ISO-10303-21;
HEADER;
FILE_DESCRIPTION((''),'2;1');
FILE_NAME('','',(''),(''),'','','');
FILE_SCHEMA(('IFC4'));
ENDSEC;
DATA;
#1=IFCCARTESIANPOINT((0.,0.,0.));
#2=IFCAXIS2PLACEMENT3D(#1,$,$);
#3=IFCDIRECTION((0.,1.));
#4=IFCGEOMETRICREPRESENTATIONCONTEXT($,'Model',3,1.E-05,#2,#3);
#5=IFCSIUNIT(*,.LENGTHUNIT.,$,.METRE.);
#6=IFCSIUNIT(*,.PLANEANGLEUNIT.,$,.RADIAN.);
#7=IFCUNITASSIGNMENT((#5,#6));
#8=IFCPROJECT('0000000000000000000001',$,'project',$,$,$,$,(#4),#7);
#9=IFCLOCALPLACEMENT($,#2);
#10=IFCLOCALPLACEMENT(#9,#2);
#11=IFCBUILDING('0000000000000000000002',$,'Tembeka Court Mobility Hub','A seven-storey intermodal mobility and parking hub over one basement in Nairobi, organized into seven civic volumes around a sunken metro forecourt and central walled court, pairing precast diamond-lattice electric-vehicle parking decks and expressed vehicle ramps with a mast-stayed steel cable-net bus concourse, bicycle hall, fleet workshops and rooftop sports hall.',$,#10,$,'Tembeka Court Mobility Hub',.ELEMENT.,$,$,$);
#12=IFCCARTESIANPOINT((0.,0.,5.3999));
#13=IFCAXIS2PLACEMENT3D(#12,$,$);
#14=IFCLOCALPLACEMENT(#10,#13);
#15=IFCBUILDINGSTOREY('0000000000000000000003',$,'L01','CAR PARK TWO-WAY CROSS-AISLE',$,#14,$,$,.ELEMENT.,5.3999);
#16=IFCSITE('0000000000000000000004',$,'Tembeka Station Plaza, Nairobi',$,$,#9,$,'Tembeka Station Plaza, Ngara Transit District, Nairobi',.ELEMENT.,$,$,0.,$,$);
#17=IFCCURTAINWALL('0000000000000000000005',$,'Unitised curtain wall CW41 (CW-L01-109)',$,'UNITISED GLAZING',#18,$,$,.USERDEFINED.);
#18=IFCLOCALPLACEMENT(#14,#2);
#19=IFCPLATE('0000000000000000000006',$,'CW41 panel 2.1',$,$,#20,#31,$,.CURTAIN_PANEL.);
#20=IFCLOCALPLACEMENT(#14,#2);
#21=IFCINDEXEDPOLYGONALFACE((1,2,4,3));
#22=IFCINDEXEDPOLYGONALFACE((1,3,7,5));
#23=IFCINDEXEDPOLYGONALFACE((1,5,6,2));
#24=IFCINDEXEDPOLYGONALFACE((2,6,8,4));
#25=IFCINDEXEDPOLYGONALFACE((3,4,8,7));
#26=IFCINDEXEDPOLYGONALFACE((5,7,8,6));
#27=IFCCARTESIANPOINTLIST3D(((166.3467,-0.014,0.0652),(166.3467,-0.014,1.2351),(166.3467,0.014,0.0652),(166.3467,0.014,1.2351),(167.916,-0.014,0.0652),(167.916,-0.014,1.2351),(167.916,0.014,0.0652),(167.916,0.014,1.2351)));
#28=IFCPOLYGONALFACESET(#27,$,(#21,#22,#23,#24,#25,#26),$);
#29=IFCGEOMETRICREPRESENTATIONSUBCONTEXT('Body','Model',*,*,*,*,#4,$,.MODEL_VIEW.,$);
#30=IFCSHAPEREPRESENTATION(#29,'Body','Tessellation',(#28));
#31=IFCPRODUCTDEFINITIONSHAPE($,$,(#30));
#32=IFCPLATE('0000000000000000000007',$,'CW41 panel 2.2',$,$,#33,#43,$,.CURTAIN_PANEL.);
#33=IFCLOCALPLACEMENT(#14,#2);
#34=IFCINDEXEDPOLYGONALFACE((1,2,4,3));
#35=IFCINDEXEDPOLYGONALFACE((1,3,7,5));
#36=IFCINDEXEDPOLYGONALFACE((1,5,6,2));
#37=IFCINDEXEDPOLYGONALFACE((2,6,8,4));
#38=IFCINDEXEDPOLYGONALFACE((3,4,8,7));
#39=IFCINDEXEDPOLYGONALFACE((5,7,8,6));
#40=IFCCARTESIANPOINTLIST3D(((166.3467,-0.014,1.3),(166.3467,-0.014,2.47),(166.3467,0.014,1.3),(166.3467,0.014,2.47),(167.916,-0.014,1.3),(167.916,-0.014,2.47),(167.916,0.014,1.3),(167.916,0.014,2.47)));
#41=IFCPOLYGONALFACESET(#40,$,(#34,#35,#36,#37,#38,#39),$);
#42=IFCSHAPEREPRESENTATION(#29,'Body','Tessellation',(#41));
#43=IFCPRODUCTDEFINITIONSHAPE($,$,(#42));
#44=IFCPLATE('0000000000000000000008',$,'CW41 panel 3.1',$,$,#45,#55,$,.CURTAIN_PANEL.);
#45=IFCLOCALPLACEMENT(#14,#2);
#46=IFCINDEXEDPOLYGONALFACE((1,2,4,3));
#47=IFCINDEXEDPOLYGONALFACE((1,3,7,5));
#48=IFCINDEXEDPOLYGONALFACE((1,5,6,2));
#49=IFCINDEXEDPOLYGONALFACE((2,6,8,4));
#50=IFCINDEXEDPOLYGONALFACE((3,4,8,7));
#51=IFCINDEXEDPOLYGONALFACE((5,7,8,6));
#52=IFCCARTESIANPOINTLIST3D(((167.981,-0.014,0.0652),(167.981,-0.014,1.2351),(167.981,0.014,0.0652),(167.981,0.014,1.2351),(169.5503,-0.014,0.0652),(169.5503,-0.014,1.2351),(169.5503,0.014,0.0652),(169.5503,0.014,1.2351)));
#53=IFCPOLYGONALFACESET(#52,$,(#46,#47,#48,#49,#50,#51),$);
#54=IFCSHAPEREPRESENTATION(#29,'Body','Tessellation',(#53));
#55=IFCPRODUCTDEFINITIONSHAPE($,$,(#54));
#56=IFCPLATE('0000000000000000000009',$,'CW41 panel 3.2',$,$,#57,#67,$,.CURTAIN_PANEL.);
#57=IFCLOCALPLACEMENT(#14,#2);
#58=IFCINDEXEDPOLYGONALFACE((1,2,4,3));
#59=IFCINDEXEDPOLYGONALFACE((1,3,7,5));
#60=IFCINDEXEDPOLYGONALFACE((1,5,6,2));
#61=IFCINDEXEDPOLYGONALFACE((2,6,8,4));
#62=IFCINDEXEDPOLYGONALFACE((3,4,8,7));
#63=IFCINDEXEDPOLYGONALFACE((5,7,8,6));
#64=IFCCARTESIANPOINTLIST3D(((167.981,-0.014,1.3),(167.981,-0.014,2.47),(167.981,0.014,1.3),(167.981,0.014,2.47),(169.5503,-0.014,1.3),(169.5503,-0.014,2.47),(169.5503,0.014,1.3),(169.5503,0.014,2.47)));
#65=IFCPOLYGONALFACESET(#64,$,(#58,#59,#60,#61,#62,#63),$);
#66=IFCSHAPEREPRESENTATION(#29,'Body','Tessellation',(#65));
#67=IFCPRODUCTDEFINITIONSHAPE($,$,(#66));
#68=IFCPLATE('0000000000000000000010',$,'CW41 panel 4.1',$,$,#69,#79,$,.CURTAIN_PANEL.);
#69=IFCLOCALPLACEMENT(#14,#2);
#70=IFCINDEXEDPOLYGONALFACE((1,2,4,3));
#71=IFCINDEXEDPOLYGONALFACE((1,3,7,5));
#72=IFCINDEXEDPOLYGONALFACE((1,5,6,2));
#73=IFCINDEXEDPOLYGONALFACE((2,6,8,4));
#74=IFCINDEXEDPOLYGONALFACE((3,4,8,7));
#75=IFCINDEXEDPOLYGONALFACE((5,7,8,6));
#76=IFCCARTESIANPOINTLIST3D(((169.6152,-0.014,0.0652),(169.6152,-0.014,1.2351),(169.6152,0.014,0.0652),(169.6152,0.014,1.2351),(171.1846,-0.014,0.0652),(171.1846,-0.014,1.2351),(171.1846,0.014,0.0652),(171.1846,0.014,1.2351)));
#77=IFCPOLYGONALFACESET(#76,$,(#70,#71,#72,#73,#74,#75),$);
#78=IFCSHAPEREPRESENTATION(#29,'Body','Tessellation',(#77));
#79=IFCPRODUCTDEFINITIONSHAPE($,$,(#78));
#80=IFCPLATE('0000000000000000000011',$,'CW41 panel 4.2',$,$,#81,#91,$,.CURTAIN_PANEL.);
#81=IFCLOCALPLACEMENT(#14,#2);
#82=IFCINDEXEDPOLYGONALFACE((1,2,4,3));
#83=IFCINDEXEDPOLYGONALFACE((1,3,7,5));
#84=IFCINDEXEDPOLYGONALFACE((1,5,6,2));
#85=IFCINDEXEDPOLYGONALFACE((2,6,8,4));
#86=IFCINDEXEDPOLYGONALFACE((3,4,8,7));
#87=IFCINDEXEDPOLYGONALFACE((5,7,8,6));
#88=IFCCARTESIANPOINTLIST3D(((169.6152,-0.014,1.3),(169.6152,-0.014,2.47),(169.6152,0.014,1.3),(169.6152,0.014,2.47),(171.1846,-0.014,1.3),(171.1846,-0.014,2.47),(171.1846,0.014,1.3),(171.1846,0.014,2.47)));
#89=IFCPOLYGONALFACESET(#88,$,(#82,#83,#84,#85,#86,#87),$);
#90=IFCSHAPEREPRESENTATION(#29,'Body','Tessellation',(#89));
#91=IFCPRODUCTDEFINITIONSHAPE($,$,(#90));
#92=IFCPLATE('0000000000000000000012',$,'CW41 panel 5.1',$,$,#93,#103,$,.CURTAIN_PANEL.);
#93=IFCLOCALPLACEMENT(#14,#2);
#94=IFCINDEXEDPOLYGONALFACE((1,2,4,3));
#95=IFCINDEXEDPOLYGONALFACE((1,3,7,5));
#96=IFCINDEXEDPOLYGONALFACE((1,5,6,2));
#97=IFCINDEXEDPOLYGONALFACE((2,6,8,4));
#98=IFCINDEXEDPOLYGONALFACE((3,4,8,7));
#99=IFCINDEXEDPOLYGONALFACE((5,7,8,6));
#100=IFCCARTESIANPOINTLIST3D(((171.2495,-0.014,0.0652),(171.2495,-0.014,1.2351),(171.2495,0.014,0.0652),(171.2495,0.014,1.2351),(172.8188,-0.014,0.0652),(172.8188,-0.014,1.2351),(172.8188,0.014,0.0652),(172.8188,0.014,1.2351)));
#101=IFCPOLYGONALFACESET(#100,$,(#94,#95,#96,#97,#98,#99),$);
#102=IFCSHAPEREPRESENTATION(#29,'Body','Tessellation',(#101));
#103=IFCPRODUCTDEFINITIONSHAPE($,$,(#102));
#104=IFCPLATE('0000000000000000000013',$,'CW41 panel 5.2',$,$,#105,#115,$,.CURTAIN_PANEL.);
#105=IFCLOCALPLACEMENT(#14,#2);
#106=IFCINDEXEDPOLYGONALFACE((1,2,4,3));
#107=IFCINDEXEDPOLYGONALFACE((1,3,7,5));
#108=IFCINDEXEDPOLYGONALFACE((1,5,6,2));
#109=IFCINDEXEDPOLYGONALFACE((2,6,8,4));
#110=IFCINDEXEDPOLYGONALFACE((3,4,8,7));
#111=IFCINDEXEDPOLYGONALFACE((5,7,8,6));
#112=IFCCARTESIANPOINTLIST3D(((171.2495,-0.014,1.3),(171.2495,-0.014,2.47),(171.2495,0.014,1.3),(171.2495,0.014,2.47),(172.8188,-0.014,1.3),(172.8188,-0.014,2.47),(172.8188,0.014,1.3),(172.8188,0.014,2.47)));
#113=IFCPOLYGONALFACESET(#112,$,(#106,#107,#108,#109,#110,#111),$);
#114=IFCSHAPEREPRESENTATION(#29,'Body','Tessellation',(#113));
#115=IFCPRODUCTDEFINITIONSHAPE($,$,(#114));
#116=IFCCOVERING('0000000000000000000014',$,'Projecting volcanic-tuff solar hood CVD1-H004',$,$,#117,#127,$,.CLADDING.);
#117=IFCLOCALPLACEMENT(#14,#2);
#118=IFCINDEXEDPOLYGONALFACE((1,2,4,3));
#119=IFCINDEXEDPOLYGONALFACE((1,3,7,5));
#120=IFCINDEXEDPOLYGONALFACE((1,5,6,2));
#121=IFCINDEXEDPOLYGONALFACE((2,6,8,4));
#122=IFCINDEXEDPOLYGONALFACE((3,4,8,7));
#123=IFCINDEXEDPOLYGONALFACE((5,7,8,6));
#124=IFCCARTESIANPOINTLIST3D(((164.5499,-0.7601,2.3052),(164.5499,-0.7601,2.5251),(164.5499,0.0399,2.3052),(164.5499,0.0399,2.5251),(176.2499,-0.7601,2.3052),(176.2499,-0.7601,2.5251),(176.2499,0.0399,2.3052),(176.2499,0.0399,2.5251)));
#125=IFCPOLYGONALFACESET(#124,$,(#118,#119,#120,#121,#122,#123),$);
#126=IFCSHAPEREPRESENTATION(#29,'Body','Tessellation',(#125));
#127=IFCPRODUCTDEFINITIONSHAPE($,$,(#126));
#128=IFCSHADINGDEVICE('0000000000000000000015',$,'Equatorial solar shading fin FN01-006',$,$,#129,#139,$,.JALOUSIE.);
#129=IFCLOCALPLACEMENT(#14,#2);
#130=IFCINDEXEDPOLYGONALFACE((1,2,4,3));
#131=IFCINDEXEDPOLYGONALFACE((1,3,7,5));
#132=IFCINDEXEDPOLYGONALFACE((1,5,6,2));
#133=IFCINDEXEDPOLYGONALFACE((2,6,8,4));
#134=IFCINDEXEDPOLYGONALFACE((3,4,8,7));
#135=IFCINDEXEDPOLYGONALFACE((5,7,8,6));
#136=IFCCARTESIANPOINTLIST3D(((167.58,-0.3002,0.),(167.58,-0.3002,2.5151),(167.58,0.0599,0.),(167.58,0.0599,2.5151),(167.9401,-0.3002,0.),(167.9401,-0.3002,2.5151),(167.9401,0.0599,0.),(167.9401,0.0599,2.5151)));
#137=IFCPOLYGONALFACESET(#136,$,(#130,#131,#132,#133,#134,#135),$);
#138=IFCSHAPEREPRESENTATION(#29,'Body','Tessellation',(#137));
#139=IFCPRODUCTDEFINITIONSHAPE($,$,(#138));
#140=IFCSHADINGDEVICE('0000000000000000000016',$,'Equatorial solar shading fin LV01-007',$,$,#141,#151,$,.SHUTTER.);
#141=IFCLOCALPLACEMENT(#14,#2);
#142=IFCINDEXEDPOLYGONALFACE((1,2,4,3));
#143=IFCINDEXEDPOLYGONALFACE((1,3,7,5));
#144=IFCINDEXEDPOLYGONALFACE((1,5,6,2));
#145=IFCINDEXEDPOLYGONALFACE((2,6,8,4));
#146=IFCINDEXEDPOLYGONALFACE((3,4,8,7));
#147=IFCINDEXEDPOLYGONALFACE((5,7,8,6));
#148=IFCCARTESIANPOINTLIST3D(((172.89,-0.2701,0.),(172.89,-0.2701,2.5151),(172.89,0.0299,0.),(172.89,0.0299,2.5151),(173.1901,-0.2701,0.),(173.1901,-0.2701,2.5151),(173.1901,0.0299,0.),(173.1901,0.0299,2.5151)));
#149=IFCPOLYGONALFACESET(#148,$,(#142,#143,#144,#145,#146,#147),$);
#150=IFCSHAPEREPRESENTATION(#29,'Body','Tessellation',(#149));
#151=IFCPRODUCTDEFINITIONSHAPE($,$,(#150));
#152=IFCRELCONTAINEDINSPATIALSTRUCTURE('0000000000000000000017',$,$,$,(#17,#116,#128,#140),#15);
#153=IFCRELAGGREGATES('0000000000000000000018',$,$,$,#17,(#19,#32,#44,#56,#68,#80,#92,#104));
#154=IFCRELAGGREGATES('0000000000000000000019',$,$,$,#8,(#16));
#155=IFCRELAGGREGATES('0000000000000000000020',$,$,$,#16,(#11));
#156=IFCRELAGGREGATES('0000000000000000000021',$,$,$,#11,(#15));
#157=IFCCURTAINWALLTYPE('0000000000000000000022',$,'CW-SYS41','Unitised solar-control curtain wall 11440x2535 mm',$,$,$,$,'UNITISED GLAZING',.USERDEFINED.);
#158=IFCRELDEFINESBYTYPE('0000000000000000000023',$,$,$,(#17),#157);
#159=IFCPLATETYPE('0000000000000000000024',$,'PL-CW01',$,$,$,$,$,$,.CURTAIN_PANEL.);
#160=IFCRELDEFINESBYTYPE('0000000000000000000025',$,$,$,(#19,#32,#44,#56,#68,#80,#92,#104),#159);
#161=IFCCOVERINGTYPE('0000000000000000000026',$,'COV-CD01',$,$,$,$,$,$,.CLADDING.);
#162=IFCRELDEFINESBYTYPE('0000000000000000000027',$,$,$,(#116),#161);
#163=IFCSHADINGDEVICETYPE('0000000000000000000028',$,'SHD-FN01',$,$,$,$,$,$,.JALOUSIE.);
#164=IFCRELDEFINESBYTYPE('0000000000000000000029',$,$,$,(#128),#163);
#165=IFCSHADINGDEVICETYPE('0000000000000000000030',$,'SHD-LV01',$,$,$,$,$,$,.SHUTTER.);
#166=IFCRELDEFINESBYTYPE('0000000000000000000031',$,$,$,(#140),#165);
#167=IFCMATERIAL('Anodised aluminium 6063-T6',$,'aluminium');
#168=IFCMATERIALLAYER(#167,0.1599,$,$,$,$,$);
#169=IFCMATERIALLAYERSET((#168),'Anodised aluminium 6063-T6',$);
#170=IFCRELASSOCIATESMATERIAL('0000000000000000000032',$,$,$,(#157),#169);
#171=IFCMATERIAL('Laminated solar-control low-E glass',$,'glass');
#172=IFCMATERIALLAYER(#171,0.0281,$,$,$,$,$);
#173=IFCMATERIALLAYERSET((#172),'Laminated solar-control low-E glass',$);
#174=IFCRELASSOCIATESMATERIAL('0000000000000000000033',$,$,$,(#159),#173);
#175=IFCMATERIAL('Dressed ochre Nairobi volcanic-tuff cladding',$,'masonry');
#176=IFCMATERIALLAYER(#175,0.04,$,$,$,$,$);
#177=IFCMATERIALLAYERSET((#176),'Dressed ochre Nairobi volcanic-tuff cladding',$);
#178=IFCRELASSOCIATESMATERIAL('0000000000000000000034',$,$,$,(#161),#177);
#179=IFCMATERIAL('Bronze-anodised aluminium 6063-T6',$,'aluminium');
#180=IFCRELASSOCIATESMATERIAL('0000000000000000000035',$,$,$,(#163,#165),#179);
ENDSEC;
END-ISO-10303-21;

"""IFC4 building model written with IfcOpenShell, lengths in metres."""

from ifc_helpers import new_model, si_unit, direction, frame, origin, origin_2d, place, context, subcontext, project, spatial, rectangle, extrude, material, layer, layer_set, material_profile, profile_set, type_object, element, aggregate, save


model = new_model("IFC4")

# Units and contexts
model_context = context("Model", 3, precision=1e-05, world=origin(), true_north=direction((0.0, 1.0)))
body_context = subcontext(model_context, "Body", "Model", "MODEL_VIEW")
ifc_project = project(units=[si_unit("LENGTHUNIT", "METRE"), si_unit("PLANEANGLEUNIT", "RADIAN")], contexts=[model_context])

# Site, building, storey
site_placement = place(None, origin())
site = spatial("IfcSite", under=ifc_project, at=site_placement, Name="Tembeka Station Plaza, Nairobi", LongName="Tembeka Station Plaza, Ngara Transit District, Nairobi", CompositionType="ELEMENT", RefElevation=0.0)
building_placement = place(site_placement, origin())
building = spatial("IfcBuilding", under=site, at=building_placement, Name="Tembeka Court Mobility Hub", Description="A seven-storey intermodal mobility and parking hub over one basement in Nairobi, organized into seven civic volumes around a sunken metro forecourt and central walled court, pairing precast diamond-lattice electric-vehicle parking decks and expressed vehicle ramps with a mast-stayed steel cable-net bus concourse, bicycle hall, fleet workshops and rooftop sports hall.", LongName="Tembeka Court Mobility Hub", CompositionType="ELEMENT")
storey_placement = place(building_placement, frame((0.0, 0.0, 5.3999)))
storey = spatial("IfcBuildingStorey", under=building, at=storey_placement, Name="L01", Description="CAR PARK TWO-WAY CROSS-AISLE", CompositionType="ELEMENT", Elevation=5.3999)

# Curtain wall, plates
ifc_material_1 = material(Name="Anodised aluminium 6063-T6", Category="aluminium")
ifc_layer_1 = layer(ifc_material_1, 0.1599)
ifc_layer_set_1 = layer_set([ifc_layer_1], Name="Anodised aluminium 6063-T6")
curtain_wall_type = type_object("IfcCurtainWallType", Name="CW-SYS41", Description="Unitised solar-control curtain wall 11440x2535 mm", ElementType="UNITISED GLAZING", PredefinedType="USERDEFINED", material=ifc_layer_set_1)
curtain_wall_placement = place(storey_placement, origin())
curtain_wall = element("IfcCurtainWall", 1, at=curtain_wall_placement, inside=storey, type_object=curtain_wall_type, Name="Unitised curtain wall CW41 (CW-L01-109)", ObjectType="UNITISED GLAZING", PredefinedType="USERDEFINED")
ifc_material_2 = material(Name="Laminated solar-control low-E glass", Category="glass")
ifc_layer_2 = layer(ifc_material_2, 0.0281)
ifc_layer_set_2 = layer_set([ifc_layer_2], Name="Laminated solar-control low-E glass")
plate_type = type_object("IfcPlateType", Name="PL-CW01", PredefinedType="CURTAIN_PANEL", material=ifc_layer_set_2)
plate_1_placement = place(storey_placement, frame((167.1313, 0.0, 0.0652), z_axis=(0.0, 0.0, 1.0), x_axis=(1.0, 0.0, 0.0)))
plate_1 = element("IfcPlate", 2, at=plate_1_placement, type_object=plate_type, Name="CW41 panel 2.1", PredefinedType="CURTAIN_PANEL", context=body_context, shape_type="SweptSolid", body=[
    extrude(rectangle(XDim=1.5693, YDim=0.0281, at=origin_2d()), origin(), (0.0, 0.0, 1.0), 1.1699),
])
plate_2_placement = place(storey_placement, frame((167.1313, 0.0, 1.3), z_axis=(0.0, 0.0, 1.0), x_axis=(1.0, 0.0, 0.0)))
plate_2 = element("IfcPlate", 3, at=plate_2_placement, type_object=plate_type, Name="CW41 panel 2.2", PredefinedType="CURTAIN_PANEL", context=body_context, shape_type="SweptSolid", body=[
    extrude(rectangle(XDim=1.5693, YDim=0.0281, at=origin_2d()), origin(), (0.0, 0.0, 1.0), 1.1699),
])
plate_3_placement = place(storey_placement, frame((168.7656, 0.0, 0.0652), z_axis=(0.0, 0.0, 1.0), x_axis=(1.0, 0.0, 0.0)))
plate_3 = element("IfcPlate", 4, at=plate_3_placement, type_object=plate_type, Name="CW41 panel 3.1", PredefinedType="CURTAIN_PANEL", context=body_context, shape_type="SweptSolid", body=[
    extrude(rectangle(XDim=1.5693, YDim=0.0281, at=origin_2d()), origin(), (0.0, 0.0, 1.0), 1.1699),
])
plate_4_placement = place(storey_placement, frame((168.7656, 0.0, 1.3), z_axis=(0.0, 0.0, 1.0), x_axis=(1.0, 0.0, 0.0)))
plate_4 = element("IfcPlate", 5, at=plate_4_placement, type_object=plate_type, Name="CW41 panel 3.2", PredefinedType="CURTAIN_PANEL", context=body_context, shape_type="SweptSolid", body=[
    extrude(rectangle(XDim=1.5693, YDim=0.0281, at=origin_2d()), origin(), (0.0, 0.0, 1.0), 1.1699),
])
plate_5_placement = place(storey_placement, frame((170.3999, 0.0, 0.0652), z_axis=(0.0, 0.0, 1.0), x_axis=(1.0, 0.0, 0.0)))
plate_5 = element("IfcPlate", 6, at=plate_5_placement, type_object=plate_type, Name="CW41 panel 4.1", PredefinedType="CURTAIN_PANEL", context=body_context, shape_type="SweptSolid", body=[
    extrude(rectangle(XDim=1.5693, YDim=0.0281, at=origin_2d()), origin(), (0.0, 0.0, 1.0), 1.1699),
])
plate_6_placement = place(storey_placement, frame((170.3999, 0.0, 1.3), z_axis=(0.0, 0.0, 1.0), x_axis=(1.0, 0.0, 0.0)))
plate_6 = element("IfcPlate", 7, at=plate_6_placement, type_object=plate_type, Name="CW41 panel 4.2", PredefinedType="CURTAIN_PANEL", context=body_context, shape_type="SweptSolid", body=[
    extrude(rectangle(XDim=1.5693, YDim=0.0281, at=origin_2d()), origin(), (0.0, 0.0, 1.0), 1.1699),
])
plate_7_placement = place(storey_placement, frame((172.0342, 0.0, 0.0652), z_axis=(0.0, 0.0, 1.0), x_axis=(1.0, 0.0, 0.0)))
plate_7 = element("IfcPlate", 8, at=plate_7_placement, type_object=plate_type, Name="CW41 panel 5.1", PredefinedType="CURTAIN_PANEL", context=body_context, shape_type="SweptSolid", body=[
    extrude(rectangle(XDim=1.5693, YDim=0.0281, at=origin_2d()), origin(), (0.0, 0.0, 1.0), 1.1699),
])
plate_8_placement = place(storey_placement, frame((172.0342, 0.0, 1.3), z_axis=(0.0, 0.0, 1.0), x_axis=(1.0, 0.0, 0.0)))
plate_8 = element("IfcPlate", 9, at=plate_8_placement, type_object=plate_type, Name="CW41 panel 5.2", PredefinedType="CURTAIN_PANEL", context=body_context, shape_type="SweptSolid", body=[
    extrude(rectangle(XDim=1.5693, YDim=0.0281, at=origin_2d()), origin(), (0.0, 0.0, 1.0), 1.1699),
])
aggregate(curtain_wall, [plate_1, plate_2, plate_3, plate_4, plate_5, plate_6, plate_7, plate_8])

# Covering
ifc_material_3 = material(Name="Dressed ochre Nairobi volcanic-tuff cladding", Category="masonry")
ifc_layer_3 = layer(ifc_material_3, 0.04)
ifc_layer_set_3 = layer_set([ifc_layer_3], Name="Dressed ochre Nairobi volcanic-tuff cladding")
covering_type = type_object("IfcCoveringType", Name="COV-CD01", PredefinedType="CLADDING", material=ifc_layer_set_3)
covering_placement = place(storey_placement, frame((170.3999, -0.3601, 2.3052), z_axis=(0.0, 0.0, 1.0), x_axis=(1.0, 0.0, 0.0)))
element("IfcCovering", 10, at=covering_placement, inside=storey, type_object=covering_type, Name="Projecting volcanic-tuff solar hood CVD1-H004", PredefinedType="CLADDING", context=body_context, shape_type="SweptSolid", body=[
    extrude(rectangle(XDim=11.7, YDim=0.8, at=origin_2d()), origin(), (0.0, 0.0, 1.0), 0.22),
])

# Shading devices
ifc_material_4 = material(Name="Bronze-anodised aluminium 6063-T6", Category="aluminium")
ifc_material_profile_1 = material_profile(ifc_material_4, rectangle(XDim=0.3601, YDim=0.3601, at=origin_2d()), Name="ALU-FIN 360x360")
ifc_profile_set_1 = profile_set([ifc_material_profile_1], Name="Bronze-anodised aluminium 6063-T6")
shading_device_type_1 = type_object("IfcShadingDeviceType", Name="SHD-FN01", PredefinedType="JALOUSIE", material=ifc_profile_set_1)
shading_device_1_placement = place(storey_placement, frame((167.76, -0.1201, 0.0), z_axis=(0.0, 0.0, 1.0), x_axis=(1.0, 0.0, 0.0)))
element("IfcShadingDevice", 11, at=shading_device_1_placement, inside=storey, type_object=shading_device_type_1, Name="Equatorial solar shading fin FN01-006", PredefinedType="JALOUSIE", context=body_context, shape_type="SweptSolid", body=[
    extrude(rectangle(XDim=0.3601, YDim=0.3601, at=origin_2d()), origin(), (0.0, 0.0, 1.0), 2.5151),
])
ifc_material_profile_2 = material_profile(ifc_material_4, rectangle(XDim=0.3, YDim=0.3, at=origin_2d()), Name="ALU-LVR 300x300")
ifc_profile_set_2 = profile_set([ifc_material_profile_2], Name="Bronze-anodised aluminium 6063-T6")
shading_device_type_2 = type_object("IfcShadingDeviceType", Name="SHD-LV01", PredefinedType="SHUTTER", material=ifc_profile_set_2)
shading_device_2_placement = place(storey_placement, frame((173.04, -0.1201, 0.0), z_axis=(0.0, 0.0, 1.0), x_axis=(1.0, 0.0, 0.0)))
element("IfcShadingDevice", 12, at=shading_device_2_placement, inside=storey, type_object=shading_device_type_2, Name="Equatorial solar shading fin LV01-007", PredefinedType="SHUTTER", context=body_context, shape_type="SweptSolid", body=[
    extrude(rectangle(XDim=0.3, YDim=0.3, at=origin_2d()), origin(), (0.0, 0.0, 1.0), 2.5151),
])

save(model, "model.ifc")
